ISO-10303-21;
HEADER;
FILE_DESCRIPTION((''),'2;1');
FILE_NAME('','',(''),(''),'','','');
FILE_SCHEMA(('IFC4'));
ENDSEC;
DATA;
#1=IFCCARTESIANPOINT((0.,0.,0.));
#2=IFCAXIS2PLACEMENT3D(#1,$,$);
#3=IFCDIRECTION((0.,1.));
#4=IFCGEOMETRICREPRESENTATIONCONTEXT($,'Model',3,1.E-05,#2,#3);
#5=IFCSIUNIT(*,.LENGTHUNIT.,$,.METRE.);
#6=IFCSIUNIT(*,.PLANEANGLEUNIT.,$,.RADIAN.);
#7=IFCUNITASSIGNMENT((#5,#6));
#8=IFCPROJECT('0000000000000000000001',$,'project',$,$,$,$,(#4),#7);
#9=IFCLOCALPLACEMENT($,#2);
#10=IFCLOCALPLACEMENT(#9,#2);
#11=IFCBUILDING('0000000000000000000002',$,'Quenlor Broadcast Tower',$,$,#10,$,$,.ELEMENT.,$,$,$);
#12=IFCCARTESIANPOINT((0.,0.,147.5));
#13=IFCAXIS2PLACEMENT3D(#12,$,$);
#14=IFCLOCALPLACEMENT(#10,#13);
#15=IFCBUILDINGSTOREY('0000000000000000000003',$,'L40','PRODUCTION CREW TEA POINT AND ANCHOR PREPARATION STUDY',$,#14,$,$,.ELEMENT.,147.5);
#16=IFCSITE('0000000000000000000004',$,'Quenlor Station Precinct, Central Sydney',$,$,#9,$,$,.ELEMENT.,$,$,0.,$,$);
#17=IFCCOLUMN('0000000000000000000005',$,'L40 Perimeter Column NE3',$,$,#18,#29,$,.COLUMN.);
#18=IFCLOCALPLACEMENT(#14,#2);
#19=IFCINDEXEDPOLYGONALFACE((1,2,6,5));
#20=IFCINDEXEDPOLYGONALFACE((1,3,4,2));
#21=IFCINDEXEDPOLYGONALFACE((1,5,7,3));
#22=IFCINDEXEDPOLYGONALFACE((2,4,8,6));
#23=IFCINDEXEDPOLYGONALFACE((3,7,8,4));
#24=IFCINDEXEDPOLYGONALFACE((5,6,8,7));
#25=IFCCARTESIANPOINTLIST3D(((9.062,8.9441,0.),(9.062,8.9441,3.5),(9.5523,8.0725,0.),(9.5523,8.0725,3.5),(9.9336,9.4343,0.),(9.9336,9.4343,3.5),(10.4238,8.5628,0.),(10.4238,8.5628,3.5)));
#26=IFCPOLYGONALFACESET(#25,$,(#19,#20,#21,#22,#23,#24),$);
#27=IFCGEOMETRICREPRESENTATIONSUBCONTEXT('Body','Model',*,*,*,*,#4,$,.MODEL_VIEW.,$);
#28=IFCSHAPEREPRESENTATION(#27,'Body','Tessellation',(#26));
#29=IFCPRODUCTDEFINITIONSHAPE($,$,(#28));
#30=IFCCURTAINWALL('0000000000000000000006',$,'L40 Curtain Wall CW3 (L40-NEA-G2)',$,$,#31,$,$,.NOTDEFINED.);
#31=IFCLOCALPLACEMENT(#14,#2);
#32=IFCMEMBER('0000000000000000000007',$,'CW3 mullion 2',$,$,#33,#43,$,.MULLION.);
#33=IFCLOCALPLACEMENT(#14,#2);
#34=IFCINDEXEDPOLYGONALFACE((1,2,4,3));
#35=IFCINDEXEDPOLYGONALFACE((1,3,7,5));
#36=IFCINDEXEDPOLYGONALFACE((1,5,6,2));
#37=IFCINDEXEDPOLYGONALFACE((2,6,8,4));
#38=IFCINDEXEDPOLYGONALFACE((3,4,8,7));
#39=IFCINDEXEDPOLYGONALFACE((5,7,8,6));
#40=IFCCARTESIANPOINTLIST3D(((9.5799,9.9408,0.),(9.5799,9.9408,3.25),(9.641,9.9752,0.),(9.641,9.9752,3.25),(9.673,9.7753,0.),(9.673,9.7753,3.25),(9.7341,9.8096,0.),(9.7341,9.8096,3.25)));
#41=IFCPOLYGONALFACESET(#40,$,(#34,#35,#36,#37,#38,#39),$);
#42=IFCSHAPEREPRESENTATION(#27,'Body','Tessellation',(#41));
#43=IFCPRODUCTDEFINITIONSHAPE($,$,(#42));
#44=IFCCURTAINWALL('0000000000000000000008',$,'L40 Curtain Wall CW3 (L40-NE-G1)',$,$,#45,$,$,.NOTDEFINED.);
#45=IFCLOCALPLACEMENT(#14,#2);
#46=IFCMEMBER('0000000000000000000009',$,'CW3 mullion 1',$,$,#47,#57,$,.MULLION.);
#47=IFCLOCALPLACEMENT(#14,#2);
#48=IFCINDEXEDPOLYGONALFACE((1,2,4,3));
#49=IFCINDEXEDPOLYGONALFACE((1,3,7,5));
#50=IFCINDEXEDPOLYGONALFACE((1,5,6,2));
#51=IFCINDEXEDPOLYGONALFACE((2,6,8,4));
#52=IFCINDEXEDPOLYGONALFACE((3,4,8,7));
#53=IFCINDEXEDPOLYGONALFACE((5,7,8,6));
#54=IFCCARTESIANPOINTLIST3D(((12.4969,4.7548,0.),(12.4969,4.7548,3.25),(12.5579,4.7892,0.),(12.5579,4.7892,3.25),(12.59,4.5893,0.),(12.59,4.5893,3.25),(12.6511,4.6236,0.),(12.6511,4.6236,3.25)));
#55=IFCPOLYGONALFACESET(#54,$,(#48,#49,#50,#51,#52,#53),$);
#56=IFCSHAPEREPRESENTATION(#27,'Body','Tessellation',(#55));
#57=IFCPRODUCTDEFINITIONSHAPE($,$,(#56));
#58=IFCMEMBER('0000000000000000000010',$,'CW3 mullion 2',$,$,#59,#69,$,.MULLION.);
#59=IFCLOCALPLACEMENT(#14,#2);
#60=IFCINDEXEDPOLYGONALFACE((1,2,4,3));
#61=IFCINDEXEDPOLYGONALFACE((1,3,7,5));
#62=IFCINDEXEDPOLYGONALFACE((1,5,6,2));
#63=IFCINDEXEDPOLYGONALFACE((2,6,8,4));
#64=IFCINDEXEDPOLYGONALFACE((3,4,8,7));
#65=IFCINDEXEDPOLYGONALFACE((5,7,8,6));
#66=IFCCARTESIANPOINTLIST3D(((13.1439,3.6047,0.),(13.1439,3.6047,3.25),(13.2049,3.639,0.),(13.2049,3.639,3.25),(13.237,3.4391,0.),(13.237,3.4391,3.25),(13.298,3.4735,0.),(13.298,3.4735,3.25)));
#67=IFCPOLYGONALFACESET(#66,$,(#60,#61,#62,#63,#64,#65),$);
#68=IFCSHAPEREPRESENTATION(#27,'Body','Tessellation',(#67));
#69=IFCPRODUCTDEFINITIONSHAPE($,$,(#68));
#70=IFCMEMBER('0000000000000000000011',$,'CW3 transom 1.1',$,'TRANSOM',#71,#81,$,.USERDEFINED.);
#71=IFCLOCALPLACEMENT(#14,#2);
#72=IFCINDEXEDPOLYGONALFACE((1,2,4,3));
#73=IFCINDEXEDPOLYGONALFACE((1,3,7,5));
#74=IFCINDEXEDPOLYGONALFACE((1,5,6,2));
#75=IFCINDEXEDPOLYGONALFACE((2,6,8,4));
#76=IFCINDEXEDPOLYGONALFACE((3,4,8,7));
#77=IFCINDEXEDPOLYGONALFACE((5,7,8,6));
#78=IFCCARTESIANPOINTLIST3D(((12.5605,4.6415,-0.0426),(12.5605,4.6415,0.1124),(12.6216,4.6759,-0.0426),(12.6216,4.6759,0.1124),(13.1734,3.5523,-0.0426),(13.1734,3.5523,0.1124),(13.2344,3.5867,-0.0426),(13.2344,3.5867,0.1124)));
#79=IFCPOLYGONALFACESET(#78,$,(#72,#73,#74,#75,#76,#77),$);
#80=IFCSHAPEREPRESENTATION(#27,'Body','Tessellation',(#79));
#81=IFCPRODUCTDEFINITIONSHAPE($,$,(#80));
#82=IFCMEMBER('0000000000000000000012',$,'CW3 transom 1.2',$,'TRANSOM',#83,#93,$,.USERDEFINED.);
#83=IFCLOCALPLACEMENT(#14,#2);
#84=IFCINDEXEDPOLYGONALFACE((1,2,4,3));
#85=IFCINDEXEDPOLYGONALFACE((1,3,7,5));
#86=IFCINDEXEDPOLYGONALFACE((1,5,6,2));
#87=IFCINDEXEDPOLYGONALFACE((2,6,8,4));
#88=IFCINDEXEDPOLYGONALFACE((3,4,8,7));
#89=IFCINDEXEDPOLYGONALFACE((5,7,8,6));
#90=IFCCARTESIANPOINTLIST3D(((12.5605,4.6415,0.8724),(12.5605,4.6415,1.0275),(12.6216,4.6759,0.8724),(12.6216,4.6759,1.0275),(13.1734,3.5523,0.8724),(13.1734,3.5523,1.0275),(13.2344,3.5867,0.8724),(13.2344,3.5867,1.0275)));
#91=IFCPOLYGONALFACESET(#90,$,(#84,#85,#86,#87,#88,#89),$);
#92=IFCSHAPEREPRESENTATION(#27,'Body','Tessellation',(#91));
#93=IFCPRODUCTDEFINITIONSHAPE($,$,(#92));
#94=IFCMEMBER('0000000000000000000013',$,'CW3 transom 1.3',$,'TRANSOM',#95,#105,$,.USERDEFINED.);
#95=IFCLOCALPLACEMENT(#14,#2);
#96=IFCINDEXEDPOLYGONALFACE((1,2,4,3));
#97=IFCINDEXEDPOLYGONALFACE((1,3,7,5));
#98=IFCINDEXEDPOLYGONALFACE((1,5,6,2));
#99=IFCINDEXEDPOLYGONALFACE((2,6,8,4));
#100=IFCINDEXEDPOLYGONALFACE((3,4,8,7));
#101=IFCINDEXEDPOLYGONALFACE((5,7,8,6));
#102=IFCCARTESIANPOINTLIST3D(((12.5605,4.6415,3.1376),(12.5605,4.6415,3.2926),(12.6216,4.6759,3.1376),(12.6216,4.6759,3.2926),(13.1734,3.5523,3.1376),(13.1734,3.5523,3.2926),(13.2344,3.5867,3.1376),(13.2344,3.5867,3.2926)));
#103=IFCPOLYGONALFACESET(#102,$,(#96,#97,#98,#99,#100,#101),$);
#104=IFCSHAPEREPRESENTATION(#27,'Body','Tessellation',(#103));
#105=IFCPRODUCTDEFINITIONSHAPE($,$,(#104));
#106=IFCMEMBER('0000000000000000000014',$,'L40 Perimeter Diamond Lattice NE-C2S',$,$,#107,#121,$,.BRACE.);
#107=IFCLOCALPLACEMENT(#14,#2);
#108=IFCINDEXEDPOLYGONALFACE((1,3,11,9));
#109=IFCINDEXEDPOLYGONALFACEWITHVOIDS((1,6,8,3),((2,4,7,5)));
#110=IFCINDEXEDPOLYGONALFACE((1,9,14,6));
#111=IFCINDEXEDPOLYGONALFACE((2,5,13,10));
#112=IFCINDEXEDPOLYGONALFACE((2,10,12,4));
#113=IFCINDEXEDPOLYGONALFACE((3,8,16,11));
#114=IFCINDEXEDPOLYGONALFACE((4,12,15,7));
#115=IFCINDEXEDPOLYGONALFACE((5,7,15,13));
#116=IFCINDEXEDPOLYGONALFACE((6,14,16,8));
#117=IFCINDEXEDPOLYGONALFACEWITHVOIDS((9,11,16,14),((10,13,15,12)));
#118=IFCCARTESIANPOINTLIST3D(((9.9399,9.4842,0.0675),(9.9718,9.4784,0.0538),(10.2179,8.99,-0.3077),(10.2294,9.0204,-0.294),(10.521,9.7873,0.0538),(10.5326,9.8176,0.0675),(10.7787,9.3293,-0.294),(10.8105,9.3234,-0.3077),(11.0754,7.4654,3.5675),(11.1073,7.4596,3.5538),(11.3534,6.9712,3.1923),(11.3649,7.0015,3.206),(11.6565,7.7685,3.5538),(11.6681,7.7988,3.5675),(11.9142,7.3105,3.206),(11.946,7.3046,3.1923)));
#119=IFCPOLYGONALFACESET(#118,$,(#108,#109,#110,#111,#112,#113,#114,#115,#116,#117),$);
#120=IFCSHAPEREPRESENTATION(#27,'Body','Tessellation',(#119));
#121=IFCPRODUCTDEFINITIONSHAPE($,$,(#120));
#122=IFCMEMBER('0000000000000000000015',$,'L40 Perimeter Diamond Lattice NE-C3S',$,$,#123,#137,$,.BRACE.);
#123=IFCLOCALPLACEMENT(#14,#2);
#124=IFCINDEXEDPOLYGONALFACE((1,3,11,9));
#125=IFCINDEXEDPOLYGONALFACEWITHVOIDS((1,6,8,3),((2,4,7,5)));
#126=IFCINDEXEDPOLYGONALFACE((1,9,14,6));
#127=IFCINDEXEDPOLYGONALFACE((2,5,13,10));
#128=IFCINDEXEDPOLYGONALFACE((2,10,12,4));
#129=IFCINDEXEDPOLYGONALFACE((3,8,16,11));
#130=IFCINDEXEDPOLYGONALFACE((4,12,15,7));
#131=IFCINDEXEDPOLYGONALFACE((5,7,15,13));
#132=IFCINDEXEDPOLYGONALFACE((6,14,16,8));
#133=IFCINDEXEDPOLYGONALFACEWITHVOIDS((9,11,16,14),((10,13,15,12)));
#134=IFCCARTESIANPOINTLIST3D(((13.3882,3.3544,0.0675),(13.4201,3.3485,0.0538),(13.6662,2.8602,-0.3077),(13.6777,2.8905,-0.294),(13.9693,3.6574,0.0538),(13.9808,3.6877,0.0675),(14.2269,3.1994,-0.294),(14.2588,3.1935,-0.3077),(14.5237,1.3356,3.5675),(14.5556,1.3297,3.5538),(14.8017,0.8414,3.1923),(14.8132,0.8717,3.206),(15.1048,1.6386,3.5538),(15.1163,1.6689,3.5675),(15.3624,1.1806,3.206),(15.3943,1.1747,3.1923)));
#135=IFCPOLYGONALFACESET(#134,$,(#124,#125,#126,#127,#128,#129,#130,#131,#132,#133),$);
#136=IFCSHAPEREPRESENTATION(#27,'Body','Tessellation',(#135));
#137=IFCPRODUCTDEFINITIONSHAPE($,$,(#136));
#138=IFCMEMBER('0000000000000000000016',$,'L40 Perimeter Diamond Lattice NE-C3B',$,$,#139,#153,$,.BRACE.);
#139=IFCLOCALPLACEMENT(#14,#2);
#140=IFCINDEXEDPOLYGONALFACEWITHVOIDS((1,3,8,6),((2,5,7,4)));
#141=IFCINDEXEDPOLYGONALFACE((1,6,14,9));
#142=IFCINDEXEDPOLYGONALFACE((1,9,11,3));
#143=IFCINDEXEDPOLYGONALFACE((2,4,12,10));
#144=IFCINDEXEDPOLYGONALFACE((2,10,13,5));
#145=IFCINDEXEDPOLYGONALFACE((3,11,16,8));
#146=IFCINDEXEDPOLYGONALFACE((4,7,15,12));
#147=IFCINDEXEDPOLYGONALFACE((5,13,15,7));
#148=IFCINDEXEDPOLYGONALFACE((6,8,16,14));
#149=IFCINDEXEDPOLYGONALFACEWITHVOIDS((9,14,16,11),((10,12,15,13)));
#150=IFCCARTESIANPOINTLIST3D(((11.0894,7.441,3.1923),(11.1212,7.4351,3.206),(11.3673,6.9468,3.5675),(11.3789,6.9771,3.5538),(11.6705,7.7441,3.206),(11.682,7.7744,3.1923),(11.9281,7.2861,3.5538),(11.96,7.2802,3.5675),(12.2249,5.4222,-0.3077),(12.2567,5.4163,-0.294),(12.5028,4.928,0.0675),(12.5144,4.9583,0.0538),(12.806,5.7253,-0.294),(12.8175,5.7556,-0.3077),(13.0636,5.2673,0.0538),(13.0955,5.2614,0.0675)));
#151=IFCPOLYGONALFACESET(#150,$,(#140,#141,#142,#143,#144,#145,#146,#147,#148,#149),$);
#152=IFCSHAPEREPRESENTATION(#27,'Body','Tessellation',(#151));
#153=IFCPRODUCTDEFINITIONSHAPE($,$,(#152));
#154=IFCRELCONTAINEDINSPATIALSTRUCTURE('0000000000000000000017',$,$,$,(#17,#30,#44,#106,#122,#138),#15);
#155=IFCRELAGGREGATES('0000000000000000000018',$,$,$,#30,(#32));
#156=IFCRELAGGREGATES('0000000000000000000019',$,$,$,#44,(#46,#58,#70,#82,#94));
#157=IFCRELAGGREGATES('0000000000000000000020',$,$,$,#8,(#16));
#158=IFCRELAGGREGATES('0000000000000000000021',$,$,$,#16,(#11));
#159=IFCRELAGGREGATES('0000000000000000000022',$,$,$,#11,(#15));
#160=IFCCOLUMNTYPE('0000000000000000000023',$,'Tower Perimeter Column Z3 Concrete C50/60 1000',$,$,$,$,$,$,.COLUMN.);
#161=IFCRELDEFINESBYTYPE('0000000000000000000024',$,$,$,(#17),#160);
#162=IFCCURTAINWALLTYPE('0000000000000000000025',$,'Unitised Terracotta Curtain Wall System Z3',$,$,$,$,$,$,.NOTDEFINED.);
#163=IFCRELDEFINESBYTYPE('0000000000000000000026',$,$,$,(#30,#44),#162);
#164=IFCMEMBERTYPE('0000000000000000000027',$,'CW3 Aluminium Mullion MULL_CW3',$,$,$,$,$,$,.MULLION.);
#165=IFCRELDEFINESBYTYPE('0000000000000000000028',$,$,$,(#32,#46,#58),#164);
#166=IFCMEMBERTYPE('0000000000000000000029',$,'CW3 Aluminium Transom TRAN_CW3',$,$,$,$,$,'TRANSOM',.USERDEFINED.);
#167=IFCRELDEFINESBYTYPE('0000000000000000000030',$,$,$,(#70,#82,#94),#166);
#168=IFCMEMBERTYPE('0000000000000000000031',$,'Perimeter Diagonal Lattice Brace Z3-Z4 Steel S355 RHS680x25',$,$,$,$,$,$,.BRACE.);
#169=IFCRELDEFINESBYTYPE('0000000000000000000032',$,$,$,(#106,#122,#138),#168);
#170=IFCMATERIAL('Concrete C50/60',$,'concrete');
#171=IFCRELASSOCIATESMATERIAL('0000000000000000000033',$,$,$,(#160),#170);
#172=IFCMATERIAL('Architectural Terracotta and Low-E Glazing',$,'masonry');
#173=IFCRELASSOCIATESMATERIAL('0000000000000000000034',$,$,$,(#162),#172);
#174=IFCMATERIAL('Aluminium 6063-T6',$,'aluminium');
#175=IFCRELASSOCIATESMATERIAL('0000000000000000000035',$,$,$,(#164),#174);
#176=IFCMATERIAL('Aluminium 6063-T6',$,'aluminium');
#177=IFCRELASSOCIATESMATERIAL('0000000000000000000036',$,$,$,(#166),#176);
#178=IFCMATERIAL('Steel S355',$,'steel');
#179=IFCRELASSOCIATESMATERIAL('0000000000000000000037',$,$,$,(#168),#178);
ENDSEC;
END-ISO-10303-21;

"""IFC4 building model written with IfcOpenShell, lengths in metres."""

from ifc_helpers import new_model, si_unit, direction, frame, origin, origin_2d, place, context, subcontext, project, spatial, rectangle, hollow_rectangle, extrude, material, material_profile, profile_set, type_object, element, aggregate, save


model = new_model("IFC4")

# Units and contexts
model_context = context("Model", 3, precision=1e-05, world=origin(), true_north=direction((0.0, 1.0)))
body_context = subcontext(model_context, "Body", "Model", "MODEL_VIEW")
ifc_project = project(units=[si_unit("LENGTHUNIT", "METRE"), si_unit("PLANEANGLEUNIT", "RADIAN")], contexts=[model_context])

# Site, building, storey
site_placement = place(None, origin())
site = spatial("IfcSite", under=ifc_project, at=site_placement, Name="Quenlor Station Precinct, Central Sydney", CompositionType="ELEMENT", RefElevation=0.0)
building_placement = place(site_placement, origin())
building = spatial("IfcBuilding", under=site, at=building_placement, Name="Quenlor Broadcast Tower", CompositionType="ELEMENT")
storey_placement = place(building_placement, frame((0.0, 0.0, 147.5)))
storey = spatial("IfcBuildingStorey", under=building, at=storey_placement, Name="L40", Description="PRODUCTION CREW TEA POINT AND ANCHOR PREPARATION STUDY", CompositionType="ELEMENT", Elevation=147.5)

# Column
ifc_material_1 = material(Name="Concrete C50/60", Category="concrete")
ifc_material_profile_1 = material_profile(ifc_material_1, rectangle(XDim=1.0, YDim=1.0, at=origin_2d()))
ifc_profile_set_1 = profile_set([ifc_material_profile_1], Name="Concrete C50/60 RC1000x1000")
column_type = type_object("IfcColumnType", Name="Tower Perimeter Column Z3 Concrete C50/60 1000", PredefinedType="COLUMN", material=ifc_profile_set_1)
column_placement = place(storey_placement, frame((9.7429, 8.7534, 0.0), z_axis=(0.0, 0.0, 1.0), x_axis=(0.871575, 0.490262, 0.0)))
element("IfcColumn", 1, at=column_placement, inside=storey, type_object=column_type, Name="L40 Perimeter Column NE3", PredefinedType="COLUMN", context=body_context, shape_type="SweptSolid", body=[
    extrude(rectangle(XDim=1.0, YDim=1.0, at=origin_2d()), origin(), (0.0, 0.0, 1.0), 3.5),
])

# Curtain wall, member
ifc_material_2 = material(Name="Architectural Terracotta and Low-E Glazing", Category="masonry")
curtain_wall_type = type_object("IfcCurtainWallType", Name="Unitised Terracotta Curtain Wall System Z3", PredefinedType="NOTDEFINED", material=ifc_material_2)
curtain_wall_1_placement = place(storey_placement, origin())
curtain_wall_1 = element("IfcCurtainWall", 2, at=curtain_wall_1_placement, inside=storey, type_object=curtain_wall_type, Name="L40 Curtain Wall CW3 (L40-NEA-G2)", PredefinedType="NOTDEFINED")
ifc_material_3 = material(Name="Aluminium 6063-T6", Category="aluminium")
ifc_material_profile_2 = material_profile(ifc_material_3, rectangle(XDim=0.0701, YDim=0.1899, at=origin_2d()))
ifc_profile_set_2 = profile_set([ifc_material_profile_2], Name="Aluminium 6063-T6 MULL70x190")
member_type_1 = type_object("IfcMemberType", Name="CW3 Aluminium Mullion MULL_CW3", PredefinedType="MULLION", material=ifc_profile_set_2)
member_1_placement = place(storey_placement, frame((9.657, 9.8752, 0.0), z_axis=(0.0, 0.0, 1.0), x_axis=(0.871601, 0.490216, 0.0)))
member_1 = element("IfcMember", 3, at=member_1_placement, type_object=member_type_1, Name="CW3 mullion 2", PredefinedType="MULLION", context=body_context, shape_type="SweptSolid", body=[
    extrude(rectangle(XDim=0.0701, YDim=0.1899, at=origin_2d()), origin(), (0.0, 0.0, 1.0), 3.25),
])

# Curtain wall, members
curtain_wall_2_placement = place(storey_placement, origin())
curtain_wall_2 = element("IfcCurtainWall", 4, at=curtain_wall_2_placement, inside=storey, type_object=curtain_wall_type, Name="L40 Curtain Wall CW3 (L40-NE-G1)", PredefinedType="NOTDEFINED")
member_2_placement = place(storey_placement, frame((12.574, 4.6892, 0.0), z_axis=(0.0, 0.0, 1.0), x_axis=(0.871562, 0.490285, 0.0)))
member_2 = element("IfcMember", 5, at=member_2_placement, type_object=member_type_1, Name="CW3 mullion 1", PredefinedType="MULLION", context=body_context, shape_type="SweptSolid", body=[
    extrude(rectangle(XDim=0.0701, YDim=0.1899, at=origin_2d()), origin(), (0.0, 0.0, 1.0), 3.25),
])
member_3_placement = place(storey_placement, frame((13.2209, 3.5391, 0.0), z_axis=(0.0, 0.0, 1.0), x_axis=(0.871562, 0.490285, 0.0)))
member_3 = element("IfcMember", 6, at=member_3_placement, type_object=member_type_1, Name="CW3 mullion 2", PredefinedType="MULLION", context=body_context, shape_type="SweptSolid", body=[
    extrude(rectangle(XDim=0.0701, YDim=0.1899, at=origin_2d()), origin(), (0.0, 0.0, 1.0), 3.25),
])
ifc_material_4 = material(Name="Aluminium 6063-T6", Category="aluminium")
ifc_material_profile_3 = material_profile(ifc_material_4, rectangle(XDim=0.0701, YDim=0.155, at=origin_2d()))
ifc_profile_set_3 = profile_set([ifc_material_profile_3], Name="Aluminium 6063-T6 TRAN70x155")
member_type_2 = type_object("IfcMemberType", Name="CW3 Aluminium Transom TRAN_CW3", ElementType="TRANSOM", PredefinedType="USERDEFINED", material=ifc_profile_set_3)
member_4_placement = place(storey_placement, frame((12.5911, 4.6587, 0.0349), z_axis=(0.490363, -0.871518, 0.0), x_axis=(0.871518, 0.490363, 0.0)))
member_4 = element("IfcMember", 7, at=member_4_placement, type_object=member_type_2, Name="CW3 transom 1.1", ObjectType="TRANSOM", PredefinedType="USERDEFINED", context=body_context, shape_type="SweptSolid", body=[
    extrude(rectangle(XDim=0.0701, YDim=0.155, at=origin_2d()), origin(), (0.0, 0.0, 1.0), 1.2498),
])
member_5_placement = place(storey_placement, frame((12.5911, 4.6587, 0.95), z_axis=(0.490363, -0.871518, 0.0), x_axis=(0.871518, 0.490363, 0.0)))
member_5 = element("IfcMember", 8, at=member_5_placement, type_object=member_type_2, Name="CW3 transom 1.2", ObjectType="TRANSOM", PredefinedType="USERDEFINED", context=body_context, shape_type="SweptSolid", body=[
    extrude(rectangle(XDim=0.0701, YDim=0.155, at=origin_2d()), origin(), (0.0, 0.0, 1.0), 1.2498),
])
member_6_placement = place(storey_placement, frame((12.5911, 4.6587, 3.2151), z_axis=(0.490363, -0.871518, 0.0), x_axis=(0.871518, 0.490363, 0.0)))
member_6 = element("IfcMember", 9, at=member_6_placement, type_object=member_type_2, Name="CW3 transom 1.3", ObjectType="TRANSOM", PredefinedType="USERDEFINED", context=body_context, shape_type="SweptSolid", body=[
    extrude(rectangle(XDim=0.0701, YDim=0.155, at=origin_2d()), origin(), (0.0, 0.0, 1.0), 1.2498),
])

# Members
ifc_material_5 = material(Name="Steel S355", Category="steel")
ifc_material_profile_4 = material_profile(ifc_material_5, hollow_rectangle(XDim=0.6799, YDim=0.6799, WallThickness=0.0249, at=origin_2d()))
ifc_profile_set_4 = profile_set([ifc_material_profile_4], Name="Steel S355 RHS680x680x25")
member_type_3 = type_object("IfcMemberType", Name="Perimeter Diagonal Lattice Brace Z3-Z4 Steel S355 RHS680x25", PredefinedType="BRACE", material=ifc_profile_set_4)
for number, where, z_axis, x_axis, name in (
    (10, (10.3752, 9.4038, -0.1201), (0.270549, -0.481009, 0.833927), (0.87159, 0.490236, 0.0), "L40 Perimeter Diamond Lattice NE-C2S"),
    (11, (13.8235, 3.2739, -0.1201), (0.270549, -0.481009, 0.833927), (0.87159, 0.490236, 0.0), "L40 Perimeter Diamond Lattice NE-C3S"),
    (12, (12.6602, 5.3418, -0.1201), (-0.270549, 0.481009, 0.833927), (-0.87159, -0.490236, 0.0), "L40 Perimeter Diamond Lattice NE-C3B"),
):
    element("IfcMember", number, at=place(storey_placement, frame(where, z_axis=z_axis, x_axis=x_axis)), inside=storey, type_object=member_type_3, Name=name, PredefinedType="BRACE", context=body_context, shape_type="SweptSolid", body=[
        extrude(hollow_rectangle(XDim=0.6799, YDim=0.6799, WallThickness=0.0249, at=origin_2d()), origin(), (0.0, 0.0, 1.0), 4.197),
    ])

aggregate(curtain_wall_1, [member_1])
aggregate(curtain_wall_2, [member_2, member_3, member_4, member_5, member_6])

save(model, "model.ifc")
